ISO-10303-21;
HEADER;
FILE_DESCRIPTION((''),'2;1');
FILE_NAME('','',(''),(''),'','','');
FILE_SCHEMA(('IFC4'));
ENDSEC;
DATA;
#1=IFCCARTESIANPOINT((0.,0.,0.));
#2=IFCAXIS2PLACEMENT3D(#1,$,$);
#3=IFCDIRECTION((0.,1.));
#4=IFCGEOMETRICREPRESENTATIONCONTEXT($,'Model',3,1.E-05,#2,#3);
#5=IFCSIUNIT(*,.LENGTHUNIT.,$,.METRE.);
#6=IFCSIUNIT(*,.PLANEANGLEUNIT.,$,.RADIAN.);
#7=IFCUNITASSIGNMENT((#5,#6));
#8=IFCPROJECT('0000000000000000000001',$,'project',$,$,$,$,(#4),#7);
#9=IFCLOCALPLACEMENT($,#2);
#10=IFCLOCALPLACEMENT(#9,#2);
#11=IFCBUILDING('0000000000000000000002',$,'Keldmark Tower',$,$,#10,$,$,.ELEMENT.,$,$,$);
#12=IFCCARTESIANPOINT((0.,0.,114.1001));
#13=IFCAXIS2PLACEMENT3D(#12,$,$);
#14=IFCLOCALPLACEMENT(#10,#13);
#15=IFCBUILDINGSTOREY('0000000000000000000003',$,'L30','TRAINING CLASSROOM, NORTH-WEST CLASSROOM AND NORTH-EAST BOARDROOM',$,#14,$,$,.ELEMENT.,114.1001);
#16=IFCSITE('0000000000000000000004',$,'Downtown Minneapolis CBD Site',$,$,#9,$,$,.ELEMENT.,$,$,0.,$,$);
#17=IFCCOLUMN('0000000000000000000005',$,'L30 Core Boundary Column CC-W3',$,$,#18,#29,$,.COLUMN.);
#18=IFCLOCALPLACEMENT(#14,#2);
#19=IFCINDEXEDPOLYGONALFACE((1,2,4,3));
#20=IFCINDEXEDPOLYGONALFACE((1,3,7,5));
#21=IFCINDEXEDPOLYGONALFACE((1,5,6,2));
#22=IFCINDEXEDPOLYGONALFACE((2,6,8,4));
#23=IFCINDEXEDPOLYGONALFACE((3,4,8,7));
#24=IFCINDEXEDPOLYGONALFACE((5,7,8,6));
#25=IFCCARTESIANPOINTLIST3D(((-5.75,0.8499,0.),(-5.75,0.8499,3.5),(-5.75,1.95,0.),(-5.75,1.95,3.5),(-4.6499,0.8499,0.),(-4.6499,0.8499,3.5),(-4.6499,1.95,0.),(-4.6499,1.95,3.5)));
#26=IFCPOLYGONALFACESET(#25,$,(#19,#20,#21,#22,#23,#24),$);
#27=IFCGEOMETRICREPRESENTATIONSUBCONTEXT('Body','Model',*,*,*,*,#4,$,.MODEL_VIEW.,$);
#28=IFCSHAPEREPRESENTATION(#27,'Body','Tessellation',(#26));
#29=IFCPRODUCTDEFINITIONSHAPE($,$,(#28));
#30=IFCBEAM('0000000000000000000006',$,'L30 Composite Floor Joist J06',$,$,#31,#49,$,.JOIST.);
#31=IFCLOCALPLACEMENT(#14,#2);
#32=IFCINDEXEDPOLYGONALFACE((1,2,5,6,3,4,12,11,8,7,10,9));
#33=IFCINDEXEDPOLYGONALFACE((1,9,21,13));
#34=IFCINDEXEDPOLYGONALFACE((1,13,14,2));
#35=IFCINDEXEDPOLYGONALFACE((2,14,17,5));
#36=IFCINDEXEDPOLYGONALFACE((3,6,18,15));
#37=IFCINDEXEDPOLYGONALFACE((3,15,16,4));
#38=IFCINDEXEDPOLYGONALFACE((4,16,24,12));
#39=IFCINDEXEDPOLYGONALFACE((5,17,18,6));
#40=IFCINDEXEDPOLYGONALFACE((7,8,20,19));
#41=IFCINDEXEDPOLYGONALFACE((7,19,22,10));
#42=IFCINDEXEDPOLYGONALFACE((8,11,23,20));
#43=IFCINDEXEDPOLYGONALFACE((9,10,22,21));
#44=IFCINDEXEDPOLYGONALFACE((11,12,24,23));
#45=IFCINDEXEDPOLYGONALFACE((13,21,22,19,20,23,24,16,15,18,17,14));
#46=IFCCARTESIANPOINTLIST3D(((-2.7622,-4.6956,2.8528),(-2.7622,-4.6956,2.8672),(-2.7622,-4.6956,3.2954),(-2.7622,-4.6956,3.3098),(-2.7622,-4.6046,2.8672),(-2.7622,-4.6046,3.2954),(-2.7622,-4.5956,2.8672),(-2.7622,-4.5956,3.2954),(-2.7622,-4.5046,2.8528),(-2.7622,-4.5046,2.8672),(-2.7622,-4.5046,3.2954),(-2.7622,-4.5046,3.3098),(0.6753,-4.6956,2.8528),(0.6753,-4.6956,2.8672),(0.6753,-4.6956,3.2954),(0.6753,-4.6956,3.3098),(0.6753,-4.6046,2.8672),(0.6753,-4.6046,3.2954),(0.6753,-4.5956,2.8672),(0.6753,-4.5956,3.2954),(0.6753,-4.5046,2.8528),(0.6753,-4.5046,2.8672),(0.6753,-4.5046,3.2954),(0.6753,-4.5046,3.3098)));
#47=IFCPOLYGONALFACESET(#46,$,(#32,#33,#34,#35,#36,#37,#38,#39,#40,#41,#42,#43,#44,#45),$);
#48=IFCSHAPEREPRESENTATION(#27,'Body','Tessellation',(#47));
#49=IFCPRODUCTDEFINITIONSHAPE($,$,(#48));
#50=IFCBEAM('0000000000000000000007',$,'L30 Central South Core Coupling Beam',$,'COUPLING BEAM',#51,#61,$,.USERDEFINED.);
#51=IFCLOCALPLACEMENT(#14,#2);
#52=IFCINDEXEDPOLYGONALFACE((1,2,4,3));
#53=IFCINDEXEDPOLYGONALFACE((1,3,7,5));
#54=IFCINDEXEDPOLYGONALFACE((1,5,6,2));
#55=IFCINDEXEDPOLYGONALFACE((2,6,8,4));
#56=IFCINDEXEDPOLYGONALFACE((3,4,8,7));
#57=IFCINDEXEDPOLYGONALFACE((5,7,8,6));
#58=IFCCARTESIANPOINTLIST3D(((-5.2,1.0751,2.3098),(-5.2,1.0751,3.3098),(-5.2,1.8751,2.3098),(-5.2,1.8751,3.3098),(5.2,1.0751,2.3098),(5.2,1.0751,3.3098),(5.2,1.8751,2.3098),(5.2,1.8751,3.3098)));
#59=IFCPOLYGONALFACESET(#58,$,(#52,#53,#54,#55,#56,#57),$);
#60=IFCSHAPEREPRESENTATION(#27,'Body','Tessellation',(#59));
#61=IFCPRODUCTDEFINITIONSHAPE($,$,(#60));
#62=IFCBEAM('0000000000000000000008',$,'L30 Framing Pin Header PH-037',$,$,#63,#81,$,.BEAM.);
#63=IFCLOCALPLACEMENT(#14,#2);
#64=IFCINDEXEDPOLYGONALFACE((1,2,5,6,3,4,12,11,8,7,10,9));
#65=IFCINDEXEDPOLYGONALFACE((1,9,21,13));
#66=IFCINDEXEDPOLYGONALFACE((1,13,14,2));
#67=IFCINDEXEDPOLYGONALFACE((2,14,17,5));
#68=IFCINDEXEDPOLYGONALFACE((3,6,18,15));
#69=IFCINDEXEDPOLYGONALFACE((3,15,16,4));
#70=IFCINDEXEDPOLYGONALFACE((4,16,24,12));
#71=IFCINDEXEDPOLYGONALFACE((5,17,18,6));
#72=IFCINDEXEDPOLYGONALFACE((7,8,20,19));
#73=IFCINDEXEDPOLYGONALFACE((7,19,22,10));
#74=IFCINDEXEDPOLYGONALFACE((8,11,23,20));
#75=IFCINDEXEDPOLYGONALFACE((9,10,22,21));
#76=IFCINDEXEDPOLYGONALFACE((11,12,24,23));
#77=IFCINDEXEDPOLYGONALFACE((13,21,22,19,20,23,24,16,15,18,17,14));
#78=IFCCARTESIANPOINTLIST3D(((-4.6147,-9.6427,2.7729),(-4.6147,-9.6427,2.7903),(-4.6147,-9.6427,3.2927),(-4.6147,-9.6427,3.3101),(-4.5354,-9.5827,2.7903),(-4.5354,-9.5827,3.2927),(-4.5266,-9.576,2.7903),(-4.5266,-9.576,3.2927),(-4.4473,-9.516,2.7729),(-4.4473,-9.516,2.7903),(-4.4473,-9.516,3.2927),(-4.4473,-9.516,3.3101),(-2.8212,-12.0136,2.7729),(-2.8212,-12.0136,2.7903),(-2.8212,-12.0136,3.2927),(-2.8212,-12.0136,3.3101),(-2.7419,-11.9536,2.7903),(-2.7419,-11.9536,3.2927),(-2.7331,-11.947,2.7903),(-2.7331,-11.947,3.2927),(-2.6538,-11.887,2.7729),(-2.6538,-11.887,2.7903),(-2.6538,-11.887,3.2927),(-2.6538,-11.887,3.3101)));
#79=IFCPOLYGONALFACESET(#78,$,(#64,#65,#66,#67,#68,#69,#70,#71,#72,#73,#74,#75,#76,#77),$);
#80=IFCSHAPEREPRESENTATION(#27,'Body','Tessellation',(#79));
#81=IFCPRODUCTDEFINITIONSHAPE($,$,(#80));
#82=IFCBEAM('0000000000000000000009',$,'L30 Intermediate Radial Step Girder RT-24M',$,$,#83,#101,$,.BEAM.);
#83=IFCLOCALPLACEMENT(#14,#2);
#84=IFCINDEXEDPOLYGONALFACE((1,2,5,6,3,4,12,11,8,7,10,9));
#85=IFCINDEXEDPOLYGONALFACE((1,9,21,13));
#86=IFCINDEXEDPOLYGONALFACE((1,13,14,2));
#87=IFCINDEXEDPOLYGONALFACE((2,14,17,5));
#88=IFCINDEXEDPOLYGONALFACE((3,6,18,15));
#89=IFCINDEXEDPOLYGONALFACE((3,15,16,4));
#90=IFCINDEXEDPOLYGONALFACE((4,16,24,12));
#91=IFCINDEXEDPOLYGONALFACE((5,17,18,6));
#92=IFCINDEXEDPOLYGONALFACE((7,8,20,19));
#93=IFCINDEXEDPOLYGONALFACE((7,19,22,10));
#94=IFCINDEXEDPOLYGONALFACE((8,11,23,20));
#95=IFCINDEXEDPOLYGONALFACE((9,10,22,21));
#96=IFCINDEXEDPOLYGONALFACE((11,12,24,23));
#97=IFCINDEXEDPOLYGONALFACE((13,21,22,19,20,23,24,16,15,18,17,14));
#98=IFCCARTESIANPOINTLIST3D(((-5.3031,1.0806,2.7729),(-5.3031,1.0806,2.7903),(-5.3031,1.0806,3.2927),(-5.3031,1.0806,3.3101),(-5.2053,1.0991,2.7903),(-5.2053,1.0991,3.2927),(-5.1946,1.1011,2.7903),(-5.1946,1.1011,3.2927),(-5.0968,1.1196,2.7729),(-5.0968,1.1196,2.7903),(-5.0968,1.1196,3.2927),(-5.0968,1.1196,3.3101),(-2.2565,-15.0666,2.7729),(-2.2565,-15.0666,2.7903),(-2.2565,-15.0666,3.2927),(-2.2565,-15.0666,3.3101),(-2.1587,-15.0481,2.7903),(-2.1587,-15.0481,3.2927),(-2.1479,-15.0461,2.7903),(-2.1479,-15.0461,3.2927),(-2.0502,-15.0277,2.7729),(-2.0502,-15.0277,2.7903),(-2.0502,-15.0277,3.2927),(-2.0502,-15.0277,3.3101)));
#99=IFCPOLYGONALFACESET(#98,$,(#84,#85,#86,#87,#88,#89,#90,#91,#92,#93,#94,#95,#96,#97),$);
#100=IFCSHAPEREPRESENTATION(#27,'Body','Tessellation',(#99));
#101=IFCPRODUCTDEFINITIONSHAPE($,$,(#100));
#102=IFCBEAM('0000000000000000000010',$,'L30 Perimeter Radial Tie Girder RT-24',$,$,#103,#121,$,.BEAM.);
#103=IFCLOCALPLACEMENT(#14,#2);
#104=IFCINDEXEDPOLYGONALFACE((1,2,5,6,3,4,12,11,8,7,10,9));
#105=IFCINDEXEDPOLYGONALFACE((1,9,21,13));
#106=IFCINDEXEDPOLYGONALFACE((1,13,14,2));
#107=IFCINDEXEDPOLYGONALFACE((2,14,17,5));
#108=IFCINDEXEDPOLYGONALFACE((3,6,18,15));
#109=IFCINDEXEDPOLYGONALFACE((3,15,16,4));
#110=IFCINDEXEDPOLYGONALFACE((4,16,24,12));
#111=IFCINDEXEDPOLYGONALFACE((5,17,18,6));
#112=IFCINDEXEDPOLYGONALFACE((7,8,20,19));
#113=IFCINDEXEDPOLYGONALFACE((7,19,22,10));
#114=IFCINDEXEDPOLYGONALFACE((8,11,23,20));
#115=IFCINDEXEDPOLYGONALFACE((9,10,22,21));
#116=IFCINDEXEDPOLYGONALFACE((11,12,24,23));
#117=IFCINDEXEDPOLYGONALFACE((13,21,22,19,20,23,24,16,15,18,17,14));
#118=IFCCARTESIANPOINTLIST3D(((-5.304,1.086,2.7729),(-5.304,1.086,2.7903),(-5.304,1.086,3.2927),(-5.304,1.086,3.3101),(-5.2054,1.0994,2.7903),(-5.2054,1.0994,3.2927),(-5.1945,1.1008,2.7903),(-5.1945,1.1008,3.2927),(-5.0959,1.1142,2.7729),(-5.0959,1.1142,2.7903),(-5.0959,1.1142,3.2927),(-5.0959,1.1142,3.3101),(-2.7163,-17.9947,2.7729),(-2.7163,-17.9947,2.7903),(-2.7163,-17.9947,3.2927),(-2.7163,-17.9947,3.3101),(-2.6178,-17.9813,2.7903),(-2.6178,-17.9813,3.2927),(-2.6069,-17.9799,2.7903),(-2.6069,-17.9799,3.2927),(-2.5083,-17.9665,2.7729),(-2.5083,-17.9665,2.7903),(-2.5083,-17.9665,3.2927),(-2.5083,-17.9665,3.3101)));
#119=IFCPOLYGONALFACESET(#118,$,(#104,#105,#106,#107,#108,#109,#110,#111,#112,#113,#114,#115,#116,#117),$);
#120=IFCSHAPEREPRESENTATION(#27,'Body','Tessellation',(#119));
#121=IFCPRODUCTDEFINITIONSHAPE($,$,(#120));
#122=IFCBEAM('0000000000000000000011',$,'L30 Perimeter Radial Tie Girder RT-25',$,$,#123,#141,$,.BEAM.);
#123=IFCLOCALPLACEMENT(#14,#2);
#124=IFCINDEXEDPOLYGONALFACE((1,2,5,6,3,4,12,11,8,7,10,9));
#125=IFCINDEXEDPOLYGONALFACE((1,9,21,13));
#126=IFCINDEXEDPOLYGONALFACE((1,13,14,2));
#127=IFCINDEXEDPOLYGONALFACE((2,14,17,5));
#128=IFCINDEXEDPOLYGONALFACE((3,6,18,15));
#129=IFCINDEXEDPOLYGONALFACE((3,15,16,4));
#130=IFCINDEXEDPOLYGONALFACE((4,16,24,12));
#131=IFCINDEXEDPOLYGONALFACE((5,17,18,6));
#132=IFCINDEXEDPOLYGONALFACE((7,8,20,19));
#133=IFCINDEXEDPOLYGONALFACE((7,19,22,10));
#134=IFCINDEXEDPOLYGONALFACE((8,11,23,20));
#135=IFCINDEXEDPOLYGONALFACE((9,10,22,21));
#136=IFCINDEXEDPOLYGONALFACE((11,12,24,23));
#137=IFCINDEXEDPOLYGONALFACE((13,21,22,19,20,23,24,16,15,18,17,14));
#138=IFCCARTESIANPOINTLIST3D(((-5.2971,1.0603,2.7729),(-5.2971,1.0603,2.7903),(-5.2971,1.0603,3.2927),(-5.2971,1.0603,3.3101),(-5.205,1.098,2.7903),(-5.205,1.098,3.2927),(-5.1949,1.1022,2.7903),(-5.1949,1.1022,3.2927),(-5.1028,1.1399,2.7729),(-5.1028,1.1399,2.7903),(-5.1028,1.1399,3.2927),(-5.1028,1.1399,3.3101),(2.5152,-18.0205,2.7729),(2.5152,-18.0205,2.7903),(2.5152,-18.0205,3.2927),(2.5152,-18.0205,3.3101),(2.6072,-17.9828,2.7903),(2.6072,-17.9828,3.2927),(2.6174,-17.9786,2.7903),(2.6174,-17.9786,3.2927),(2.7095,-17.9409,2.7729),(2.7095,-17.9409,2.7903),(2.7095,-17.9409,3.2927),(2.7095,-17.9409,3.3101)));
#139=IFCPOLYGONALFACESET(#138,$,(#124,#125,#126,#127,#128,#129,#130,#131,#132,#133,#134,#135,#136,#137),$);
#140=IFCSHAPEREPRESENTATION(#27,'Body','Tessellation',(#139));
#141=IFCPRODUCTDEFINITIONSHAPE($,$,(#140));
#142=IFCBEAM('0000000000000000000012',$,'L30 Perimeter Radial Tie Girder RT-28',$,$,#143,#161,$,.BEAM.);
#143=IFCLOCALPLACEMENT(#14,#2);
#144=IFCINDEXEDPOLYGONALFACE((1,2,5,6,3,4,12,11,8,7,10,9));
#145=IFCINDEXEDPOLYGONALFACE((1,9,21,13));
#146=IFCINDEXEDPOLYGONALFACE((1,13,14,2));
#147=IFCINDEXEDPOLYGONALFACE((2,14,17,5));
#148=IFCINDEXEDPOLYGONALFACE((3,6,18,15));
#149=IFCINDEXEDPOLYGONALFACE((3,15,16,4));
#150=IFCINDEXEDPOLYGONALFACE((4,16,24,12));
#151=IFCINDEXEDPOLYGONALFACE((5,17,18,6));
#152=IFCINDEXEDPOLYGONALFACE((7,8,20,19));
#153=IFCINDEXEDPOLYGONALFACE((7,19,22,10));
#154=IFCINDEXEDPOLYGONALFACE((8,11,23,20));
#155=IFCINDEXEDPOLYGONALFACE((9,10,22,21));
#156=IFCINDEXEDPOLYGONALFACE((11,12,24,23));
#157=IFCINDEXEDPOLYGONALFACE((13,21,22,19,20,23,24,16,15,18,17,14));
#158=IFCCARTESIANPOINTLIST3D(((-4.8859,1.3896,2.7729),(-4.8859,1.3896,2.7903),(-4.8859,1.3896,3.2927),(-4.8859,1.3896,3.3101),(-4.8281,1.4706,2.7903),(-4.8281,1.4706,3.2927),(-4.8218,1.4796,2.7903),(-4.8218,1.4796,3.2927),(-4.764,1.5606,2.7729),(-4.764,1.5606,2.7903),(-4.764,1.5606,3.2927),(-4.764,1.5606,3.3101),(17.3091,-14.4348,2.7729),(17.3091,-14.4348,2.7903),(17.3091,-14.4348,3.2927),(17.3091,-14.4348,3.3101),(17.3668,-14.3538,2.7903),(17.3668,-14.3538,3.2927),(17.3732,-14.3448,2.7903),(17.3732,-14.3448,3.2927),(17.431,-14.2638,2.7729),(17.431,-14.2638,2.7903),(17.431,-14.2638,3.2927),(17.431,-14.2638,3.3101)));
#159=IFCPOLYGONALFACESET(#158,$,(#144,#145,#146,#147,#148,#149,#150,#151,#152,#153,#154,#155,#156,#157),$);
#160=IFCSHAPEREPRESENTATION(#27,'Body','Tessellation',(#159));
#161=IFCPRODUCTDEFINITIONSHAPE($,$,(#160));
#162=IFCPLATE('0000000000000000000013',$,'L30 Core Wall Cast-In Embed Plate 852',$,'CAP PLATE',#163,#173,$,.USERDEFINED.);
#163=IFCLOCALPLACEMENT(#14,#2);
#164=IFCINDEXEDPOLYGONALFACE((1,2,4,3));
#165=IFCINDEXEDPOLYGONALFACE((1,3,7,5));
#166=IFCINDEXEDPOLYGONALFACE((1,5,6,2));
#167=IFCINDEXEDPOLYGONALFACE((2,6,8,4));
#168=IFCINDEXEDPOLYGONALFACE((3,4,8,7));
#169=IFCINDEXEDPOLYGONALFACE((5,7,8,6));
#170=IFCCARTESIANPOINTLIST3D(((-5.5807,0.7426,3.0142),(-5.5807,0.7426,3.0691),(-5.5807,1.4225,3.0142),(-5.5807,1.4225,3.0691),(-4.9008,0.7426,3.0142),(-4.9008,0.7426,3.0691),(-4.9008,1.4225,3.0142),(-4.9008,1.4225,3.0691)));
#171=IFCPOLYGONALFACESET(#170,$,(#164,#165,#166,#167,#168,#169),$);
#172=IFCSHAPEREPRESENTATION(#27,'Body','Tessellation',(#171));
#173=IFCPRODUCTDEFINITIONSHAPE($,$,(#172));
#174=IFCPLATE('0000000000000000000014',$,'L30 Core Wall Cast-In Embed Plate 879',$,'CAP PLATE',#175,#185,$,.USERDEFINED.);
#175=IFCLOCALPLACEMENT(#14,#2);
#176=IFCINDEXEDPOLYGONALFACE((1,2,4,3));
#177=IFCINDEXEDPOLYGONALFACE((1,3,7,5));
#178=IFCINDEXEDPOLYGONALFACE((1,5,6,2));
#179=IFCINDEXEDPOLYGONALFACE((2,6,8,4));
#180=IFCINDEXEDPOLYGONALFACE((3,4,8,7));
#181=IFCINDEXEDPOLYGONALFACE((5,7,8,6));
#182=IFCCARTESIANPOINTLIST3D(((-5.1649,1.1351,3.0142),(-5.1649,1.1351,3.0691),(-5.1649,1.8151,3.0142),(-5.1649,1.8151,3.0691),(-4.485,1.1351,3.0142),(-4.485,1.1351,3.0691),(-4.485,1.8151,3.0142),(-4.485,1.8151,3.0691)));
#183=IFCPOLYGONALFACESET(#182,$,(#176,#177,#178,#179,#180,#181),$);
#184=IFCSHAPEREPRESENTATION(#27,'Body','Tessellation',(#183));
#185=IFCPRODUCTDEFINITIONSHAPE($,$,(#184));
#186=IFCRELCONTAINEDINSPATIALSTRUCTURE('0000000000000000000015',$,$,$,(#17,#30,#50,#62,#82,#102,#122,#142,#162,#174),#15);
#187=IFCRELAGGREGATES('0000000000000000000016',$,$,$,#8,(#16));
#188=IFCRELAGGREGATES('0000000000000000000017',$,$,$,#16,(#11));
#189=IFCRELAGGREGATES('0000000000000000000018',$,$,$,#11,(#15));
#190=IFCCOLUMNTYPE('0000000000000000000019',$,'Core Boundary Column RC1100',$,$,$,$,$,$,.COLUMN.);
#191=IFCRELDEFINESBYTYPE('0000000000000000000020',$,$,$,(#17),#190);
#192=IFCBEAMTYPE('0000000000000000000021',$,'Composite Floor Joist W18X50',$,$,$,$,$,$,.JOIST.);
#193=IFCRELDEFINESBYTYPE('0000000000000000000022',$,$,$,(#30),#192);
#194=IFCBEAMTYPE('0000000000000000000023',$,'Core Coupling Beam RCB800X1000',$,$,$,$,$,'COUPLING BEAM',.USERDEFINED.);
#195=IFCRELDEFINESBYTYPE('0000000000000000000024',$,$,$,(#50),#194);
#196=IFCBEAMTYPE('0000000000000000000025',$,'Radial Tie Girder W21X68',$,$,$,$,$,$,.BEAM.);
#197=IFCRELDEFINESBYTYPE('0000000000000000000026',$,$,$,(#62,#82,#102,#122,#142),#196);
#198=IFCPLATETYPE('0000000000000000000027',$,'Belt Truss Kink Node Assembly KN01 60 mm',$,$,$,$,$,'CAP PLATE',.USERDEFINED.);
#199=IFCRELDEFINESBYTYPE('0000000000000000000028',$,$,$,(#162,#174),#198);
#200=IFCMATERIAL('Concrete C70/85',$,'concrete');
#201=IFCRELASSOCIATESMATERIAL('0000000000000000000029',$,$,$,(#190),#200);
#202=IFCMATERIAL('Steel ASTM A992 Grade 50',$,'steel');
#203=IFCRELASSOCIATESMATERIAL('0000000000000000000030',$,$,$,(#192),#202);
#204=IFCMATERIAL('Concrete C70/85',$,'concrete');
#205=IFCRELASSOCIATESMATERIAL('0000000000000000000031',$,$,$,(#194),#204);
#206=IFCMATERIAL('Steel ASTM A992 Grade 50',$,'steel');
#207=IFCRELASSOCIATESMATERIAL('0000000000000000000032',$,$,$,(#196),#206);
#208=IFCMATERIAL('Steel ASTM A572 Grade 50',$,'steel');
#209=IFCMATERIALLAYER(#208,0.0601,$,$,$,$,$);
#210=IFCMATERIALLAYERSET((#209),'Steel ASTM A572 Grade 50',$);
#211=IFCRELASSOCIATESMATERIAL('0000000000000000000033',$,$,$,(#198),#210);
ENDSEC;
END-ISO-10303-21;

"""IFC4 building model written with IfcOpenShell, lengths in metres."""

from ifc_helpers import new_model, si_unit, direction, frame, origin, origin_2d, place, context, subcontext, project, spatial, rectangle, i_section, extrude, material, layer, layer_set, material_profile, profile_set, type_object, element, save


model = new_model("IFC4")

# Units and contexts
model_context = context("Model", 3, precision=1e-05, world=origin(), true_north=direction((0.0, 1.0)))
body_context = subcontext(model_context, "Body", "Model", "MODEL_VIEW")
ifc_project = project(units=[si_unit("LENGTHUNIT", "METRE"), si_unit("PLANEANGLEUNIT", "RADIAN")], contexts=[model_context])

# Site, building, storey
site_placement = place(None, origin())
site = spatial("IfcSite", under=ifc_project, at=site_placement, Name="Downtown Minneapolis CBD Site", CompositionType="ELEMENT", RefElevation=0.0)
building_placement = place(site_placement, origin())
building = spatial("IfcBuilding", under=site, at=building_placement, Name="Keldmark Tower", CompositionType="ELEMENT")
storey_placement = place(building_placement, frame((0.0, 0.0, 114.1001)))
storey = spatial("IfcBuildingStorey", under=building, at=storey_placement, Name="L30", Description="TRAINING CLASSROOM, NORTH-WEST CLASSROOM AND NORTH-EAST BOARDROOM", CompositionType="ELEMENT", Elevation=114.1001)

# Column
ifc_material_1 = material(Name="Concrete C70/85", Category="concrete")
ifc_material_profile_1 = material_profile(ifc_material_1, rectangle(XDim=1.1001, YDim=1.1001, at=origin_2d()), Name="RC1100X1100")
ifc_profile_set_1 = profile_set([ifc_material_profile_1], Name="Concrete C70/85")
column_type = type_object("IfcColumnType", Name="Core Boundary Column RC1100", PredefinedType="COLUMN", material=ifc_profile_set_1)
column_placement = place(storey_placement, frame((-5.2, 1.3999, 0.0), z_axis=(0.0, 0.0, 1.0), x_axis=(1.0, 0.0, 0.0)))
element("IfcColumn", 1, at=column_placement, inside=storey, type_object=column_type, Name="L30 Core Boundary Column CC-W3", PredefinedType="COLUMN", context=body_context, shape_type="SweptSolid", body=[
    extrude(rectangle(XDim=1.1001, YDim=1.1001, at=origin_2d()), origin(), (0.0, 0.0, 1.0), 3.5),
])

# Beams
ifc_material_2 = material(Name="Steel ASTM A992 Grade 50", Category="steel")
ifc_material_profile_2 = material_profile(ifc_material_2, i_section(OverallWidth=0.1909, OverallDepth=0.457, WebThickness=0.009, FlangeThickness=0.0144, at=origin_2d()), Name="W18X50")
ifc_profile_set_2 = profile_set([ifc_material_profile_2], Name="Steel ASTM A992 Grade 50")
beam_type_1 = type_object("IfcBeamType", Name="Composite Floor Joist W18X50", PredefinedType="JOIST", material=ifc_profile_set_2)
beam_1_placement = place(storey_placement, frame((-2.7622, -4.6001, 3.0813), z_axis=(1.0, 0.0, 0.0), x_axis=(0.0, 1.0, 0.0)))
element("IfcBeam", 2, at=beam_1_placement, inside=storey, type_object=beam_type_1, Name="L30 Composite Floor Joist J06", PredefinedType="JOIST", context=body_context, shape_type="SweptSolid", body=[
    extrude(i_section(OverallWidth=0.1909, OverallDepth=0.457, WebThickness=0.009, FlangeThickness=0.0144, at=origin_2d()), origin(), (0.0, 0.0, 1.0), 3.4375),
])
ifc_material_3 = material(Name="Concrete C70/85", Category="concrete")
ifc_material_profile_3 = material_profile(ifc_material_3, rectangle(XDim=0.8, YDim=1.0, at=origin_2d()), Name="RCB800X1000")
ifc_profile_set_3 = profile_set([ifc_material_profile_3], Name="Concrete C70/85")
beam_type_2 = type_object("IfcBeamType", Name="Core Coupling Beam RCB800X1000", ElementType="COUPLING BEAM", PredefinedType="USERDEFINED", material=ifc_profile_set_3)
beam_2_placement = place(storey_placement, frame((-5.2, 1.4751, 2.8098), z_axis=(1.0, 0.0, 0.0), x_axis=(0.0, 1.0, 0.0)))
element("IfcBeam", 3, at=beam_2_placement, inside=storey, type_object=beam_type_2, Name="L30 Central South Core Coupling Beam", ObjectType="COUPLING BEAM", PredefinedType="USERDEFINED", context=body_context, shape_type="SweptSolid", body=[
    extrude(rectangle(XDim=0.8, YDim=1.0, at=origin_2d()), origin(), (0.0, 0.0, 1.0), 10.3999),
])
ifc_material_4 = material(Name="Steel ASTM A992 Grade 50", Category="steel")
ifc_material_profile_4 = material_profile(ifc_material_4, i_section(OverallWidth=0.21, OverallDepth=0.5371, WebThickness=0.011, FlangeThickness=0.0173, at=origin_2d()), Name="W21X68")
ifc_profile_set_4 = profile_set([ifc_material_profile_4], Name="Steel ASTM A992 Grade 50")
beam_type_3 = type_object("IfcBeamType", Name="Radial Tie Girder W21X68", PredefinedType="BEAM", material=ifc_profile_set_4)
beam_3_placement = place(storey_placement, frame((-4.531, -9.5793, 3.0415), z_axis=(0.603293, -0.79752, 0.0), x_axis=(0.79752, 0.603293, 0.0)))
element("IfcBeam", 4, at=beam_3_placement, inside=storey, type_object=beam_type_3, Name="L30 Framing Pin Header PH-037", PredefinedType="BEAM", context=body_context, shape_type="SweptSolid", body=[
    extrude(i_section(OverallWidth=0.21, OverallDepth=0.5371, WebThickness=0.011, FlangeThickness=0.0173, at=origin_2d()), origin(), (0.0, 0.0, 1.0), 2.9729),
])
beam_4_placement = place(storey_placement, frame((-5.2, 1.1001, 3.0415), z_axis=(0.185407, -0.982662, 0.0), x_axis=(0.982662, 0.185407, 0.0)))
element("IfcBeam", 5, at=beam_4_placement, inside=storey, type_object=beam_type_3, Name="L30 Intermediate Radial Step Girder RT-24M", PredefinedType="BEAM", context=body_context, shape_type="SweptSolid", body=[
    extrude(i_section(OverallWidth=0.21, OverallDepth=0.5371, WebThickness=0.011, FlangeThickness=0.0173, at=origin_2d()), origin(), (0.0, 0.0, 1.0), 16.4321),
])
beam_5_placement = place(storey_placement, frame((-5.2, 1.1001, 3.0415), z_axis=(0.134385, -0.990929, 0.0), x_axis=(0.990929, 0.134385, 0.0)))
element("IfcBeam", 6, at=beam_5_placement, inside=storey, type_object=beam_type_3, Name="L30 Perimeter Radial Tie Girder RT-24", PredefinedType="BEAM", context=body_context, shape_type="SweptSolid", body=[
    extrude(i_section(OverallWidth=0.21, OverallDepth=0.5371, WebThickness=0.011, FlangeThickness=0.0173, at=origin_2d()), origin(), (0.0, 0.0, 1.0), 19.2554),
])
beam_6_placement = place(storey_placement, frame((-5.2, 1.1001, 3.0415), z_axis=(0.378902, -0.925437, 0.0), x_axis=(0.925437, 0.378902, 0.0)))
element("IfcBeam", 7, at=beam_6_placement, inside=storey, type_object=beam_type_3, Name="L30 Perimeter Radial Tie Girder RT-25", PredefinedType="BEAM", context=body_context, shape_type="SweptSolid", body=[
    extrude(i_section(OverallWidth=0.21, OverallDepth=0.5371, WebThickness=0.011, FlangeThickness=0.0173, at=origin_2d()), origin(), (0.0, 0.0, 1.0), 20.6182),
])
beam_7_placement = place(storey_placement, frame((-4.825, 1.4751, 3.0415), z_axis=(0.814239, -0.58053, 0.0), x_axis=(0.58053, 0.814239, 0.0)))
element("IfcBeam", 8, at=beam_7_placement, inside=storey, type_object=beam_type_3, Name="L30 Perimeter Radial Tie Girder RT-28", PredefinedType="BEAM", context=body_context, shape_type="SweptSolid", body=[
    extrude(i_section(OverallWidth=0.21, OverallDepth=0.5371, WebThickness=0.011, FlangeThickness=0.0173, at=origin_2d()), origin(), (0.0, 0.0, 1.0), 27.2585),
])

# Plates
ifc_material_5 = material(Name="Steel ASTM A572 Grade 50", Category="steel")
ifc_layer_1 = layer(ifc_material_5, 0.0601)
ifc_layer_set_1 = layer_set([ifc_layer_1], Name="Steel ASTM A572 Grade 50")
plate_type = type_object("IfcPlateType", Name="Belt Truss Kink Node Assembly KN01 60 mm", ElementType="CAP PLATE", PredefinedType="USERDEFINED", material=ifc_layer_set_1)
for number, where, z_axis, x_axis, name in (
    (9, (-5.2407, 1.0825, 3.0142), (0.0, 0.0, 1.0), (1.0, 0.0, 0.0), "L30 Core Wall Cast-In Embed Plate 852"),
    (10, (-4.825, 1.4751, 3.0142), (0.0, 0.0, 1.0), (1.0, 0.0, 0.0), "L30 Core Wall Cast-In Embed Plate 879"),
):
    element("IfcPlate", number, at=place(storey_placement, frame(where, z_axis=z_axis, x_axis=x_axis)), inside=storey, type_object=plate_type, Name=name, ObjectType="CAP PLATE", PredefinedType="USERDEFINED", context=body_context, shape_type="SweptSolid", body=[
        extrude(rectangle(XDim=0.6799, YDim=0.6799, at=origin_2d()), origin(), (0.0, 0.0, 1.0), 0.0549),
    ])

save(model, "model.ifc")
